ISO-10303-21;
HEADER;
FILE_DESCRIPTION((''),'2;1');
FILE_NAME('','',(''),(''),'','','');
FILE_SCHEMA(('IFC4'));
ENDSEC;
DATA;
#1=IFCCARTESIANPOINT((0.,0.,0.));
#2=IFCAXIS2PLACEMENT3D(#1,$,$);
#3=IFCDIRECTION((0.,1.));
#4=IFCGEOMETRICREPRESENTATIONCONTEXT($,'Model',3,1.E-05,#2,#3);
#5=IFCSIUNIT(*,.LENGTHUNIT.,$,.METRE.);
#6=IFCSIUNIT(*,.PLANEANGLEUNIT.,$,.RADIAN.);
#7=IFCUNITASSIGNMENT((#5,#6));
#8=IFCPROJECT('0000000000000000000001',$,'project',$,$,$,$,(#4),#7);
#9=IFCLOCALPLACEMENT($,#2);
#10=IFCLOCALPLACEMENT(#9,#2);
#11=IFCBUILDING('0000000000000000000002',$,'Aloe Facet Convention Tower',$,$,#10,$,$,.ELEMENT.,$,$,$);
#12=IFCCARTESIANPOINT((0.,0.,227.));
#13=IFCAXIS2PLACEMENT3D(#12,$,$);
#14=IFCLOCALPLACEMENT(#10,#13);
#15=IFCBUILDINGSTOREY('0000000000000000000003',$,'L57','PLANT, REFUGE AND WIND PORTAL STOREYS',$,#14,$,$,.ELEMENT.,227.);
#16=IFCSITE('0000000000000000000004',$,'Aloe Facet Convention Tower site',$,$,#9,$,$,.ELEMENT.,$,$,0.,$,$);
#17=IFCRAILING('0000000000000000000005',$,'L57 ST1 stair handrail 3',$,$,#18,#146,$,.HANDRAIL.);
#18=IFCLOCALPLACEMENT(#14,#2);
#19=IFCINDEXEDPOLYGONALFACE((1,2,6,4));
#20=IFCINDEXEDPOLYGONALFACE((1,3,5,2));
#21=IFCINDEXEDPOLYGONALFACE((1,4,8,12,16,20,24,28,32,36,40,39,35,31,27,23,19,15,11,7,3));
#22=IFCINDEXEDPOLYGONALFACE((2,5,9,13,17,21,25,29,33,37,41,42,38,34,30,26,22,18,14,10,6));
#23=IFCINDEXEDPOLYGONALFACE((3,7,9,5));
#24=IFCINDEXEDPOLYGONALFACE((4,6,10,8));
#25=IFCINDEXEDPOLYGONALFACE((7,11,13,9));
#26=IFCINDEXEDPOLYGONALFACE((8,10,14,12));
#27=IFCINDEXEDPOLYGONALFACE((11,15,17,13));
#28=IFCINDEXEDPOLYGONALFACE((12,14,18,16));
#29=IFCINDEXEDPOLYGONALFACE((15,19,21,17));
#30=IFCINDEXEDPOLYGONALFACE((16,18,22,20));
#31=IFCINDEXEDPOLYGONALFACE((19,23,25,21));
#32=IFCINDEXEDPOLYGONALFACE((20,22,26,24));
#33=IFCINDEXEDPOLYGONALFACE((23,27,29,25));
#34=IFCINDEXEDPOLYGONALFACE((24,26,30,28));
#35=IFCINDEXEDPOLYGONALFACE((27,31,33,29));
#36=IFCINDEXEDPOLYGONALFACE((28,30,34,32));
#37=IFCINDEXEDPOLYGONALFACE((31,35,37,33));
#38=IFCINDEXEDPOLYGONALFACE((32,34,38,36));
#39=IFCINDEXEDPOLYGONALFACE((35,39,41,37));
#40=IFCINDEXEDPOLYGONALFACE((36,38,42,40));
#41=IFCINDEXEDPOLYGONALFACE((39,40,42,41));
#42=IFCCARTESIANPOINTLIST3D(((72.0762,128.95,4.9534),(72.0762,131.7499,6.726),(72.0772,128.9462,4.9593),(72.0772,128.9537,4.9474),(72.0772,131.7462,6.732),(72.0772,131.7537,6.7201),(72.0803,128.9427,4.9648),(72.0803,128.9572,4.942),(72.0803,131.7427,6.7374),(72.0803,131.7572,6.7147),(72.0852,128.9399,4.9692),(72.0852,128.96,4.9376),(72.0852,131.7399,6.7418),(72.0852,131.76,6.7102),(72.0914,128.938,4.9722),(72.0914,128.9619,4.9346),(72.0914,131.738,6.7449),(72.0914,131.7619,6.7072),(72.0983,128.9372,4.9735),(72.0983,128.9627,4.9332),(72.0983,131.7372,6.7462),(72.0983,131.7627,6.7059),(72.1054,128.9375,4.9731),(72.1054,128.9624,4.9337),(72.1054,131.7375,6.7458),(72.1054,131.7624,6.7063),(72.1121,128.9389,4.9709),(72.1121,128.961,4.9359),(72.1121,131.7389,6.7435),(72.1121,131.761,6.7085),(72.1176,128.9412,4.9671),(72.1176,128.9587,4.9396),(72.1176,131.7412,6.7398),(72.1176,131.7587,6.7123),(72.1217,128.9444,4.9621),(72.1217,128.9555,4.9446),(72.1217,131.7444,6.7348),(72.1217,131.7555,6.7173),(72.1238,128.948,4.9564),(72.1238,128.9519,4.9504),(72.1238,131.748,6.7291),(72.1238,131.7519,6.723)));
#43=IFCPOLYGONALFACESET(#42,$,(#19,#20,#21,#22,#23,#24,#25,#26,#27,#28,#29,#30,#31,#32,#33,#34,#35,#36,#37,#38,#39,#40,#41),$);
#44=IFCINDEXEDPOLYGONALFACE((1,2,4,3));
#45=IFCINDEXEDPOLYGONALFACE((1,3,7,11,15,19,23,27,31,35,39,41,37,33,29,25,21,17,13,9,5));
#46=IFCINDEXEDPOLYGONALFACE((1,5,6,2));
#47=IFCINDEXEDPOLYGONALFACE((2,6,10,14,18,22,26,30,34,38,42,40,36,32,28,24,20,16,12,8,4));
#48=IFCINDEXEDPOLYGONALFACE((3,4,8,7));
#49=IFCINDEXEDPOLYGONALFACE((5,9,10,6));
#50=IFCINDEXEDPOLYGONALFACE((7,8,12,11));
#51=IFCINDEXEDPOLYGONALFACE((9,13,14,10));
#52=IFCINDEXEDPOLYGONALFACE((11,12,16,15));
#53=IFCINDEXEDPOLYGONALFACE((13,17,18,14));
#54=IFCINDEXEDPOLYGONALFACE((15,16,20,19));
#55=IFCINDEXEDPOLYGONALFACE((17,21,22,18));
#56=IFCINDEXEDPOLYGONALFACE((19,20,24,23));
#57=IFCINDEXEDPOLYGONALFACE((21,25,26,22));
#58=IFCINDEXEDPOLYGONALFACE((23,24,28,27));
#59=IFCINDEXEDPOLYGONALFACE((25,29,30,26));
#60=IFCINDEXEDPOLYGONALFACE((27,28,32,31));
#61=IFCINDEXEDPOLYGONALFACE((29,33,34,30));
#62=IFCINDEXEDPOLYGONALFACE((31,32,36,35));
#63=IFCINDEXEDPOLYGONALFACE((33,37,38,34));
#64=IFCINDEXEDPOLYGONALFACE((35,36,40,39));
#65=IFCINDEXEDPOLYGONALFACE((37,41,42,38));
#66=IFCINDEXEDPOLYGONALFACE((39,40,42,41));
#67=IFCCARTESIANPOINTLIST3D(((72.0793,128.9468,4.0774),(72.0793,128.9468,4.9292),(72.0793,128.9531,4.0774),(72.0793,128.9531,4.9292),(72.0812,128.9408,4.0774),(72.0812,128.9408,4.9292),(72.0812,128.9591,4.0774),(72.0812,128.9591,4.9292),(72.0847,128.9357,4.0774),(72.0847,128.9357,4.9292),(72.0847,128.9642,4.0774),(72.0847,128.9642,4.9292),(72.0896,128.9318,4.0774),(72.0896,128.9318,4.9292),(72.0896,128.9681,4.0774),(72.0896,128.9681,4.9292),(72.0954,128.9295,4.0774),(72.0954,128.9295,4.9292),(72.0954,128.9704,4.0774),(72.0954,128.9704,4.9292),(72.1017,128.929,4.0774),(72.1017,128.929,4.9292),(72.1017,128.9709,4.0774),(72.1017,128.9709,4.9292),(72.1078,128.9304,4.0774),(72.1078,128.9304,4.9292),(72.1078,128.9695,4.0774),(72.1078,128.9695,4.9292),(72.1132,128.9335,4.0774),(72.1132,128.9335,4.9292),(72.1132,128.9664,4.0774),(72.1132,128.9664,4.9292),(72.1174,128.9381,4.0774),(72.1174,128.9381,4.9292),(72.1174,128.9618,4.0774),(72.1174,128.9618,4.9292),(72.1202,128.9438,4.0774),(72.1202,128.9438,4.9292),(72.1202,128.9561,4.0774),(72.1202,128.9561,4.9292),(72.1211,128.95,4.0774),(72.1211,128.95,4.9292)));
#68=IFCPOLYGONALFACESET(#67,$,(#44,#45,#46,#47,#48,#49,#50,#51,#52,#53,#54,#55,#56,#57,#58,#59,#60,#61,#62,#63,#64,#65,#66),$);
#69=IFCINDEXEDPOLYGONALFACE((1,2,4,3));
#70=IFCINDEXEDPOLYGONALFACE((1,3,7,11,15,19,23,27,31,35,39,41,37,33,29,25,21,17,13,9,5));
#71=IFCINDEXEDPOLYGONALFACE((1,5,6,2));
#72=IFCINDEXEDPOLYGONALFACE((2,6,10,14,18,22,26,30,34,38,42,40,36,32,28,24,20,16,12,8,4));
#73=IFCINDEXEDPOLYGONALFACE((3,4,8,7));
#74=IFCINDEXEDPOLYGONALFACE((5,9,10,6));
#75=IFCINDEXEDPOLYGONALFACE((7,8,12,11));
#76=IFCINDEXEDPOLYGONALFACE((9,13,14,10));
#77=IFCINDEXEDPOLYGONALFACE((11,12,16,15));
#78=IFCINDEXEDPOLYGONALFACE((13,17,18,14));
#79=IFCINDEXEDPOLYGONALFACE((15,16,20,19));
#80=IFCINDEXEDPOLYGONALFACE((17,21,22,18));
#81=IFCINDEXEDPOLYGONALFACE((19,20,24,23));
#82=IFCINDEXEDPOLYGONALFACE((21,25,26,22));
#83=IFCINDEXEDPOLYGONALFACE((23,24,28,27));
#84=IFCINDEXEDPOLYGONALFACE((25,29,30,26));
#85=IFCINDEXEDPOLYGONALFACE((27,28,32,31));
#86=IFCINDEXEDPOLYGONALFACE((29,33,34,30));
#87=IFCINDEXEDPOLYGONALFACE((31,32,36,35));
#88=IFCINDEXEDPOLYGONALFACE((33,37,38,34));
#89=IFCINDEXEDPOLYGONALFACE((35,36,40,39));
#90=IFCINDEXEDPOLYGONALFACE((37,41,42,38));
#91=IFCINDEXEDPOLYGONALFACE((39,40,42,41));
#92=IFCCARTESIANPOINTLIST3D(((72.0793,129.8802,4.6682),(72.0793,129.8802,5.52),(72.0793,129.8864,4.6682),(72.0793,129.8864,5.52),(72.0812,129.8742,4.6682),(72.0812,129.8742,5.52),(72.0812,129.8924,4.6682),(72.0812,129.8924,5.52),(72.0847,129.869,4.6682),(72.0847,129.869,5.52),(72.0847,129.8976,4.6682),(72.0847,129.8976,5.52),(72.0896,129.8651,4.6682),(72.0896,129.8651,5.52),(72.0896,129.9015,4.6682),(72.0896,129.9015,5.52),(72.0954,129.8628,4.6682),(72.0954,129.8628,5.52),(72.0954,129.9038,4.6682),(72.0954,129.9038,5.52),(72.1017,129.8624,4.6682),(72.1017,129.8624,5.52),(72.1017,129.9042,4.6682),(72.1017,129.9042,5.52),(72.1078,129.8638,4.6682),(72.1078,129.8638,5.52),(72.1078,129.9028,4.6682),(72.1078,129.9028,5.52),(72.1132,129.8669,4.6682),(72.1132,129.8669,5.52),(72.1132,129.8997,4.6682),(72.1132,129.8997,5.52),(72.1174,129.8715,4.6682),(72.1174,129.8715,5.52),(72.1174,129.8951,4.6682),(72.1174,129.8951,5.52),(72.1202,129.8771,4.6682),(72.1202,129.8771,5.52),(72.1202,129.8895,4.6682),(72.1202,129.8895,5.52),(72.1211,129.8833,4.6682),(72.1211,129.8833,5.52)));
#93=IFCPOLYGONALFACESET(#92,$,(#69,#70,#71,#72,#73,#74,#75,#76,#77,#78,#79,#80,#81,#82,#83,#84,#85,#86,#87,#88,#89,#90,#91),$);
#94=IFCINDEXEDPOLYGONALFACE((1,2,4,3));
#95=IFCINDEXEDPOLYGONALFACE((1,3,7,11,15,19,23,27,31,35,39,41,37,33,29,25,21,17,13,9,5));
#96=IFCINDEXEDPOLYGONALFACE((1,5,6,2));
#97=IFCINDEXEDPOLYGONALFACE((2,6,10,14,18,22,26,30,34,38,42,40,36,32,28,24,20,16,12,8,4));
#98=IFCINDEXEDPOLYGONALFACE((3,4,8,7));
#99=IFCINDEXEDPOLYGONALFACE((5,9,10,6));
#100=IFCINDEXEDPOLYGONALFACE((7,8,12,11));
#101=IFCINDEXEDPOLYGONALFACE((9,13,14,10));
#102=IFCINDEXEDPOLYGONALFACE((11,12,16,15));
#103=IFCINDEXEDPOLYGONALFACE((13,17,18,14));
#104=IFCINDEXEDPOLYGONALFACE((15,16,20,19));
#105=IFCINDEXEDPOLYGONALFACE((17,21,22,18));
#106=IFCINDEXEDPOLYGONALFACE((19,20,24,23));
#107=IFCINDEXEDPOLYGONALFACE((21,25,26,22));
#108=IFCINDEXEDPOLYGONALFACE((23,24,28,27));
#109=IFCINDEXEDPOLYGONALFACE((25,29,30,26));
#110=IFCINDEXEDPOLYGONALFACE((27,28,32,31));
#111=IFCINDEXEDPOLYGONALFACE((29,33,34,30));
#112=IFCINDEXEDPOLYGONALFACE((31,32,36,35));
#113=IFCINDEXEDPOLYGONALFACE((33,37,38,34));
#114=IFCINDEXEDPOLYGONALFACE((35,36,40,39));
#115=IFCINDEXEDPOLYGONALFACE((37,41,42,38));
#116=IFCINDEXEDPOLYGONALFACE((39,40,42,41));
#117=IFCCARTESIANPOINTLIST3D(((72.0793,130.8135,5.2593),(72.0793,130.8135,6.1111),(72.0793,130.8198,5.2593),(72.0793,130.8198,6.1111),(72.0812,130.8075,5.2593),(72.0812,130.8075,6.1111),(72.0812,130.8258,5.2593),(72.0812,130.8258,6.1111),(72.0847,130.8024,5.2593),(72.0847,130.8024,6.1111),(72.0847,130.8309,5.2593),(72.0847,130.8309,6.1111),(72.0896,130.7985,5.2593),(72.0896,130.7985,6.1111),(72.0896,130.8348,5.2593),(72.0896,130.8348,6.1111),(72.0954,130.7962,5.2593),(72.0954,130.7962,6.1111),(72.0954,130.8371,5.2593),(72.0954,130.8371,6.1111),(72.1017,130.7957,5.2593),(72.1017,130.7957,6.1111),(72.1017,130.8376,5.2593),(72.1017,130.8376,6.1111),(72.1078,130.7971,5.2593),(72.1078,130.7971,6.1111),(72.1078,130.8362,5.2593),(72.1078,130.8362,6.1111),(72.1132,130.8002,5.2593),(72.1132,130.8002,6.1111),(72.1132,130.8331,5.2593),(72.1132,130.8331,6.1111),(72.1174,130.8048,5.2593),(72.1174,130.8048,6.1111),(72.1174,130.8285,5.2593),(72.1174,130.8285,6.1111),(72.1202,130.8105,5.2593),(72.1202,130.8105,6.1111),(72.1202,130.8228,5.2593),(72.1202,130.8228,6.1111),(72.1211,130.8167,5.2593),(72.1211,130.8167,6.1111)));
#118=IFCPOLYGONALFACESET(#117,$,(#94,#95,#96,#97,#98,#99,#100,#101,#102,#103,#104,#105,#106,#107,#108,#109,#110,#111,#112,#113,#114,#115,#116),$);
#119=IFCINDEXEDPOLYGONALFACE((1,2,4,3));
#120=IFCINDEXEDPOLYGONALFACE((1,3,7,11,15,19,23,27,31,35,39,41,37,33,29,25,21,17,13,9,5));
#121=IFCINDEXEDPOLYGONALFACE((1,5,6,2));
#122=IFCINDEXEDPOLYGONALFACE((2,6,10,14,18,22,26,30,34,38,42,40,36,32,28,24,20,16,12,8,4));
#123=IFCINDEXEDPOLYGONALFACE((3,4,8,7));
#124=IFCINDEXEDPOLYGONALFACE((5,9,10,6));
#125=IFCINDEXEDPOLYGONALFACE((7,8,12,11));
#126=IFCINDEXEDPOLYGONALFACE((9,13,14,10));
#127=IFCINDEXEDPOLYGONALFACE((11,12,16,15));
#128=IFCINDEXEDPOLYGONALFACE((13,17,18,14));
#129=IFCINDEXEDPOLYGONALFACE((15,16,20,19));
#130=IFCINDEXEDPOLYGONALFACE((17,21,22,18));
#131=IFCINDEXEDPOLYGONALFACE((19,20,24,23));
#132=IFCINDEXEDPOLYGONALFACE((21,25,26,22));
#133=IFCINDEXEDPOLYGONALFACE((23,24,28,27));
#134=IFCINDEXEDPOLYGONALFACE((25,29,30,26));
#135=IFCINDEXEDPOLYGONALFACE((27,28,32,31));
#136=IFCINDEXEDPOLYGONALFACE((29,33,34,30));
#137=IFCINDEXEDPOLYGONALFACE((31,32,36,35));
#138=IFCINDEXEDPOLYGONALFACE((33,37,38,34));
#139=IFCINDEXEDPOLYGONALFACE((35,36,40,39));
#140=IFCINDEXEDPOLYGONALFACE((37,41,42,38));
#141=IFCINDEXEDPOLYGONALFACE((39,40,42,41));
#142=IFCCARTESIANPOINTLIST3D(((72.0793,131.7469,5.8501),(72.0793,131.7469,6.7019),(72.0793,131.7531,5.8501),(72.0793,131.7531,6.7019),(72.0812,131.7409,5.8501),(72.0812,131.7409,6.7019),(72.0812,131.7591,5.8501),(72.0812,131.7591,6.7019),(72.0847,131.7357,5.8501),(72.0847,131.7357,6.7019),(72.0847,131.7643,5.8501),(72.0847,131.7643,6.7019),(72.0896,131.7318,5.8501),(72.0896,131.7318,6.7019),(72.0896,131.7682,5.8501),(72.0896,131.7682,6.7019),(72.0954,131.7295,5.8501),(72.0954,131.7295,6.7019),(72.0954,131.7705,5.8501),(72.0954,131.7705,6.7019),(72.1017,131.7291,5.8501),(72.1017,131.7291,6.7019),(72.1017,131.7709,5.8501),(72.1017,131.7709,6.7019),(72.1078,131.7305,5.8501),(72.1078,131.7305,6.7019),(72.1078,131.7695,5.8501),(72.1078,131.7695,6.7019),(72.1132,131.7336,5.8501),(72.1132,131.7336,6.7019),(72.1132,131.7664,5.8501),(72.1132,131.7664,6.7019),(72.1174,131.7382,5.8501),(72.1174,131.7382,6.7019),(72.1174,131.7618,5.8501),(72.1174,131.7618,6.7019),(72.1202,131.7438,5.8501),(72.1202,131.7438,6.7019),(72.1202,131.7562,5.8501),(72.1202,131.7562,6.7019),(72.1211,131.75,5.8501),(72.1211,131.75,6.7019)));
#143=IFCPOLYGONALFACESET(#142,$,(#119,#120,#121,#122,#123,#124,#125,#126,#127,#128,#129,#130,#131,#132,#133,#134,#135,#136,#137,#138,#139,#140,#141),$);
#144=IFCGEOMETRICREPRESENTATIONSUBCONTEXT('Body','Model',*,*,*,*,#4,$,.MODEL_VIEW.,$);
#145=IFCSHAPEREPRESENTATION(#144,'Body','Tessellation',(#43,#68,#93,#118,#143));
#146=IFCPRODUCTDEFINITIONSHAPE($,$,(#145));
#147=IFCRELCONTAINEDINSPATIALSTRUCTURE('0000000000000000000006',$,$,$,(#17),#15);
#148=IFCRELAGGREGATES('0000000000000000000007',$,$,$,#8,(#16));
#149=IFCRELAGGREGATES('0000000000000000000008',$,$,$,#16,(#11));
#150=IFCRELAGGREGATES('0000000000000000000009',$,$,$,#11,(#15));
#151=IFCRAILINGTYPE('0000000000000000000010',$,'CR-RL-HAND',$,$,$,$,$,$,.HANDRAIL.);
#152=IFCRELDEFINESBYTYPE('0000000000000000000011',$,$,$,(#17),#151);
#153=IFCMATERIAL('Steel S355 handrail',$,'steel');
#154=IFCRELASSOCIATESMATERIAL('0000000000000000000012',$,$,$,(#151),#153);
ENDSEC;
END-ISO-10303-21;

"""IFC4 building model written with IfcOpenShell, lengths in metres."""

from ifc_helpers import new_model, si_unit, direction, frame, origin, origin_2d, place, context, subcontext, project, spatial, circle, extrude, material, type_object, element, save


model = new_model("IFC4")

# Units and contexts
model_context = context("Model", 3, precision=1e-05, world=origin(), true_north=direction((0.0, 1.0)))
body_context = subcontext(model_context, "Body", "Model", "MODEL_VIEW")
ifc_project = project(units=[si_unit("LENGTHUNIT", "METRE"), si_unit("PLANEANGLEUNIT", "RADIAN")], contexts=[model_context])

# Site, building, storey
site_placement = place(None, origin())
site = spatial("IfcSite", under=ifc_project, at=site_placement, Name="Aloe Facet Convention Tower site", CompositionType="ELEMENT", RefElevation=0.0)
building_placement = place(site_placement, origin())
building = spatial("IfcBuilding", under=site, at=building_placement, Name="Aloe Facet Convention Tower", CompositionType="ELEMENT")
storey_placement = place(building_placement, frame((0.0, 0.0, 227.0)))
storey = spatial("IfcBuildingStorey", under=building, at=storey_placement, Name="L57", Description="PLANT, REFUGE AND WIND PORTAL STOREYS", CompositionType="ELEMENT", Elevation=227.0)

# Railing
ifc_material_1 = material(Name="Steel S355 handrail", Category="steel")
railing_type_1 = type_object("IfcRailingType", Name="CR-RL-HAND", PredefinedType="HANDRAIL", material=ifc_material_1)
for number, where, name in (
    (1, (72.1001, 128.95, 4.0774), "L57 ST1 stair handrail 3"),
):
    element("IfcRailing", number, at=place(storey_placement, frame(where)), inside=storey, type_object=railing_type_1, Name=name, PredefinedType="HANDRAIL", context=body_context, shape_type="SweptSolid", body=[
        extrude(circle(Radius=0.0239, at=origin_2d()), frame((0.0, 0.0, 0.876), z_axis=(0.0, 0.844909, 0.53491), x_axis=(-1.0, 0.0, 0.0)), (0.0, 0.0, 1.0), 3.314),
        extrude(circle(Radius=0.021, at=origin_2d()), origin(), (0.0, 0.0, 1.0), 0.8518),
        extrude(circle(Radius=0.021, at=origin_2d()), frame((0.0, 0.9333, 0.5908)), (0.0, 0.0, 1.0), 0.8518),
        extrude(circle(Radius=0.021, at=origin_2d()), frame((0.0, 1.8667, 1.1819)), (0.0, 0.0, 1.0), 0.8518),
        extrude(circle(Radius=0.021, at=origin_2d()), frame((0.0, 2.8, 1.7727)), (0.0, 0.0, 1.0), 0.8518),
    ])

save(model, "model.ifc")
